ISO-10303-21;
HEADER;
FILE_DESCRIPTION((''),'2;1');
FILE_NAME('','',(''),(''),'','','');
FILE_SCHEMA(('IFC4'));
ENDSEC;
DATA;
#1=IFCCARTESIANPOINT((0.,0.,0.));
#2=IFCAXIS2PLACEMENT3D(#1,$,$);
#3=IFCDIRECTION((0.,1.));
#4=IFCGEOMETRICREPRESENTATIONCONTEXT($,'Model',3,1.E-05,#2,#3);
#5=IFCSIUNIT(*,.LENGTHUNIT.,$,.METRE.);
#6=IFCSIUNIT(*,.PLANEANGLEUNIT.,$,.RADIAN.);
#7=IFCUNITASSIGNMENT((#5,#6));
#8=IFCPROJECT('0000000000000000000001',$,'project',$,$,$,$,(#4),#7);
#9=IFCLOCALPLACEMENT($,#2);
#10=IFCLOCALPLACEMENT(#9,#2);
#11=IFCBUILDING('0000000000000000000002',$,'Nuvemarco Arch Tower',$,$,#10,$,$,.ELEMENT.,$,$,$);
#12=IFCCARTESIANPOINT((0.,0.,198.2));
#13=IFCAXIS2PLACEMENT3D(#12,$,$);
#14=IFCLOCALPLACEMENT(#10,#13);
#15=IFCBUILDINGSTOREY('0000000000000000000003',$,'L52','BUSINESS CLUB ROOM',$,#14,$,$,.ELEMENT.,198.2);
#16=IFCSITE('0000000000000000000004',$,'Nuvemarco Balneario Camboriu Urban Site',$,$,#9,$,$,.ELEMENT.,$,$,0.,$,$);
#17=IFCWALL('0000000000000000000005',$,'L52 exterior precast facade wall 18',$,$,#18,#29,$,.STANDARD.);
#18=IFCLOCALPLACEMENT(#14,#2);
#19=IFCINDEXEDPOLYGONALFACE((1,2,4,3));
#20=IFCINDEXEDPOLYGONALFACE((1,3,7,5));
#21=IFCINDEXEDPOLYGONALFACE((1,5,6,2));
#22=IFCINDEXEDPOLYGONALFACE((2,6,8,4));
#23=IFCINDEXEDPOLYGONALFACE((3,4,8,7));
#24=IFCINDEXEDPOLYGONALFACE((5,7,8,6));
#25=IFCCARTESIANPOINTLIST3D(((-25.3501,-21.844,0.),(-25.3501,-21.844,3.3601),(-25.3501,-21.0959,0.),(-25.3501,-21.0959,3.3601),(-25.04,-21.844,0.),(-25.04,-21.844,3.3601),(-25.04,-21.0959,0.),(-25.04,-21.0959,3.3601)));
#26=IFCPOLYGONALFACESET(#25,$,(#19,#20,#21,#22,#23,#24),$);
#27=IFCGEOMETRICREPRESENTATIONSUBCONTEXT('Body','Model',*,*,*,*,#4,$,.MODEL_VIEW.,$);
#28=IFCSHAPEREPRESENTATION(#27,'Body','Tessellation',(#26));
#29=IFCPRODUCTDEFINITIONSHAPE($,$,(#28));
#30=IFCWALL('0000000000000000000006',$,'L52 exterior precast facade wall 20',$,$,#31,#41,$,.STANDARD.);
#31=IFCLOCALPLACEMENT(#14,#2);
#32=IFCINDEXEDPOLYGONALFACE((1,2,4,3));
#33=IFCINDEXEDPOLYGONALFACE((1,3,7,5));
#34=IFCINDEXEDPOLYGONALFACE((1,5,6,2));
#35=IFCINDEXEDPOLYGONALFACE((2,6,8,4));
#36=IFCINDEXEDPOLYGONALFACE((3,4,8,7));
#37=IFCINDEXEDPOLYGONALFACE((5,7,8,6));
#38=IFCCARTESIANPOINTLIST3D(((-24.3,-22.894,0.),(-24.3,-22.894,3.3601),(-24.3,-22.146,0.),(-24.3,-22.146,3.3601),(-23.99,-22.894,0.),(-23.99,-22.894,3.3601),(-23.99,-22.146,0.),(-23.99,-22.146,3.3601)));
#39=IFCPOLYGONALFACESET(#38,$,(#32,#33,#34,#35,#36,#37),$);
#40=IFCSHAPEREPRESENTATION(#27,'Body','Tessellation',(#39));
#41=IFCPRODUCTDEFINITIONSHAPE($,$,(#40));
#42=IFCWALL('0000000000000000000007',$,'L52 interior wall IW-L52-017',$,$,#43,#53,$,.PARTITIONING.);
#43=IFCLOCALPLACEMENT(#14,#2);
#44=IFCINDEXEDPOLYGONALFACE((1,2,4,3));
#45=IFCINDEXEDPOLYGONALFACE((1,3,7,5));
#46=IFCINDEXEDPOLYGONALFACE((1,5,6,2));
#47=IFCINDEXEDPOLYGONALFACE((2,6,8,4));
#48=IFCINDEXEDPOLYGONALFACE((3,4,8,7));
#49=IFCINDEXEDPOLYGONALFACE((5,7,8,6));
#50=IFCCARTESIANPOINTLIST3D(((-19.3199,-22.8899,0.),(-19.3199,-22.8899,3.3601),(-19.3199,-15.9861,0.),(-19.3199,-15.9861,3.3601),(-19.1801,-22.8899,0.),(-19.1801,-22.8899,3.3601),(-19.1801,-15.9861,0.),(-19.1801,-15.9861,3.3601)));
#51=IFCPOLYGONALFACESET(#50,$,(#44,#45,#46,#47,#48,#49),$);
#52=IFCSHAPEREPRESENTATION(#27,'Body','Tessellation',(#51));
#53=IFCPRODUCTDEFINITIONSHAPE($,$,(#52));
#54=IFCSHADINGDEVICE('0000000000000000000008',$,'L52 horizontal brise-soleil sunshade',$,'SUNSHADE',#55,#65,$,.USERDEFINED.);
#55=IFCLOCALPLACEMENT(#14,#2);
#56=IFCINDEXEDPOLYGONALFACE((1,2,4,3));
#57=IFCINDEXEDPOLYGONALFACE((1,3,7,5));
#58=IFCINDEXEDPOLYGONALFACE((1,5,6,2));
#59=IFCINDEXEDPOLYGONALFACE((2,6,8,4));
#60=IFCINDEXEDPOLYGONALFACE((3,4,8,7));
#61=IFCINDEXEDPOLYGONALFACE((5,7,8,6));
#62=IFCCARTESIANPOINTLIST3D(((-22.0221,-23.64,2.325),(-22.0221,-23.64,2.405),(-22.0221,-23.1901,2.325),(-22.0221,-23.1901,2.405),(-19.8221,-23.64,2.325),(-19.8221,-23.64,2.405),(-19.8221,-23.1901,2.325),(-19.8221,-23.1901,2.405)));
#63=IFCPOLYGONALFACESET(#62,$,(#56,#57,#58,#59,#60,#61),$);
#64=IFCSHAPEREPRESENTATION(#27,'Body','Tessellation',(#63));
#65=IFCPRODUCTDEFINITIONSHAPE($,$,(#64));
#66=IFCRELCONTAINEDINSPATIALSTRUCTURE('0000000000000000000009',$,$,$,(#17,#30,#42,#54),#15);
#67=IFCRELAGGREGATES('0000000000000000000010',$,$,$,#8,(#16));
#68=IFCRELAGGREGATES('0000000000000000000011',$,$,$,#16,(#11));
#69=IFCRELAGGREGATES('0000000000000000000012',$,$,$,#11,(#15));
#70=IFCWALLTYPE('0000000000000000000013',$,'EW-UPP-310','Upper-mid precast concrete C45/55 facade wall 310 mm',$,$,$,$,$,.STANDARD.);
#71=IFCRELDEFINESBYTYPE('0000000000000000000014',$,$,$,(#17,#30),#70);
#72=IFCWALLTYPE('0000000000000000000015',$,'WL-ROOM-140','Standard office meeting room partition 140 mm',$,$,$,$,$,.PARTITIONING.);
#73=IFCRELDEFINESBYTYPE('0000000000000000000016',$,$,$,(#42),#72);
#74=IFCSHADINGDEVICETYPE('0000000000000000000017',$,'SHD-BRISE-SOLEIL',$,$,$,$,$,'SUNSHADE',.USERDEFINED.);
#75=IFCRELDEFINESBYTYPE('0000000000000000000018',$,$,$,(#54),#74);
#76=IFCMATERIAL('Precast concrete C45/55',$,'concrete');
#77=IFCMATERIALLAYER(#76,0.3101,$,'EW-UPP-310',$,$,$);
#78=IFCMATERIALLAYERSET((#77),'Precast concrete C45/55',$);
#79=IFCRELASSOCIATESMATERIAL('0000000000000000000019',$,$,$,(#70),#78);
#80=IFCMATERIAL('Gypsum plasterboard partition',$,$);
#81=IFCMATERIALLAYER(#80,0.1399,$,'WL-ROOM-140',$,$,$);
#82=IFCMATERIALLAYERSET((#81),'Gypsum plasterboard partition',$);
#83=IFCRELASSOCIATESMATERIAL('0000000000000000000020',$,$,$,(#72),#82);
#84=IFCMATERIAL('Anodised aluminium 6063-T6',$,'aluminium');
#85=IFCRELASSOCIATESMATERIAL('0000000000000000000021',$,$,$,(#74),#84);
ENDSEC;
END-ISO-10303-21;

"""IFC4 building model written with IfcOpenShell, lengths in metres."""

from ifc_helpers import new_model, si_unit, direction, frame, frame_2d, origin, origin_2d, place, context, subcontext, project, spatial, rectangle, extrude, source, transform, mapped, material, layer, layer_set, type_object, type_shapes, element, save


model = new_model("IFC4")

# Units and contexts
model_context = context("Model", 3, precision=1e-05, world=origin(), true_north=direction((0.0, 1.0)))
body_context = subcontext(model_context, "Body", "Model", "MODEL_VIEW")
ifc_project = project(units=[si_unit("LENGTHUNIT", "METRE"), si_unit("PLANEANGLEUNIT", "RADIAN")], contexts=[model_context])

# Site, building, storey
site_placement = place(None, origin())
site = spatial("IfcSite", under=ifc_project, at=site_placement, Name="Nuvemarco Balneario Camboriu Urban Site", CompositionType="ELEMENT", RefElevation=0.0)
building_placement = place(site_placement, origin())
building = spatial("IfcBuilding", under=site, at=building_placement, Name="Nuvemarco Arch Tower", CompositionType="ELEMENT")
storey_placement = place(building_placement, frame((0.0, 0.0, 198.2)))
storey = spatial("IfcBuildingStorey", under=building, at=storey_placement, Name="L52", Description="BUSINESS CLUB ROOM", CompositionType="ELEMENT", Elevation=198.2)

# Shared definitions
ifc_material_1 = material(Name="Precast concrete C45/55", Category="concrete")
ifc_layer_1 = layer(ifc_material_1, 0.3101, Name="EW-UPP-310")
ifc_layer_set_1 = layer_set([ifc_layer_1], Name="Precast concrete C45/55")
wall_type_1 = type_object("IfcWallType", Name="EW-UPP-310", Description="Upper-mid precast concrete C45/55 facade wall 310 mm", PredefinedType="STANDARD", material=ifc_layer_set_1)

# Walls
for number, where, z_axis, x_axis, name in (
    (1, (-25.1951, -21.844, 0.0), (0.0, 0.0, 1.0), (0.0, 1.0, 0.0), "L52 exterior precast facade wall 18"),
    (2, (-24.145, -22.894, 0.0), (0.0, 0.0, 1.0), (0.0, 1.0, 0.0), "L52 exterior precast facade wall 20"),
):
    element("IfcWall", number, at=place(storey_placement, frame(where, z_axis=z_axis, x_axis=x_axis)), inside=storey, type_object=wall_type_1, Name=name, PredefinedType="STANDARD", context=body_context, shape_type="SweptSolid", body=[
        extrude(rectangle(XDim=0.748, YDim=0.3101, at=frame_2d((0.374, 0.0))), origin(), (0.0, 0.0, 1.0), 3.3601),
    ])
ifc_material_2 = material(Name="Gypsum plasterboard partition")
ifc_layer_2 = layer(ifc_material_2, 0.1399, Name="WL-ROOM-140")
ifc_layer_set_2 = layer_set([ifc_layer_2], Name="Gypsum plasterboard partition")
wall_type_2 = type_object("IfcWallType", Name="WL-ROOM-140", Description="Standard office meeting room partition 140 mm", PredefinedType="PARTITIONING", material=ifc_layer_set_2)
wall_1_placement = place(storey_placement, frame((-19.25, -22.8899, 0.0), z_axis=(0.0, 0.0, 1.0), x_axis=(0.0, 1.0, 0.0)))
element("IfcWall", 3, at=wall_1_placement, inside=storey, type_object=wall_type_2, Name="L52 interior wall IW-L52-017", PredefinedType="PARTITIONING", context=body_context, shape_type="SweptSolid", body=[
    extrude(rectangle(XDim=6.9038, YDim=0.1399, at=frame_2d((3.4519, 0.0))), origin(), (0.0, 0.0, 1.0), 3.3601),
])

# Shading device
ifc_material_3 = material(Name="Anodised aluminium 6063-T6", Category="aluminium")
shading_device_type = type_object("IfcShadingDeviceType", Name="SHD-BRISE-SOLEIL", ElementType="SUNSHADE", PredefinedType="USERDEFINED", material=ifc_material_3)
shared_shape_1 = source(origin(), body_context, "Body", "SweptSolid", [
    extrude(rectangle(XDim=2.2, YDim=0.45, at=origin_2d()), origin(), (0.0, 0.0, 1.0), 0.0801),
])
type_shapes(shading_device_type, [shared_shape_1])
shading_device_placement = place(storey_placement, frame((-20.9221, -23.415, 2.325), z_axis=(0.0, 0.0, 1.0), x_axis=(1.0, 0.0, 0.0)))
element("IfcShadingDevice", 4, at=shading_device_placement, inside=storey, type_object=shading_device_type, Name="L52 horizontal brise-soleil sunshade", ObjectType="SUNSHADE", PredefinedType="USERDEFINED", context=body_context, shape_type="MappedRepresentation", body=[
    mapped(shared_shape_1, transform((0.0, 0.0, 0.0), scale=1.0)),
])

save(model, "model.ifc")
